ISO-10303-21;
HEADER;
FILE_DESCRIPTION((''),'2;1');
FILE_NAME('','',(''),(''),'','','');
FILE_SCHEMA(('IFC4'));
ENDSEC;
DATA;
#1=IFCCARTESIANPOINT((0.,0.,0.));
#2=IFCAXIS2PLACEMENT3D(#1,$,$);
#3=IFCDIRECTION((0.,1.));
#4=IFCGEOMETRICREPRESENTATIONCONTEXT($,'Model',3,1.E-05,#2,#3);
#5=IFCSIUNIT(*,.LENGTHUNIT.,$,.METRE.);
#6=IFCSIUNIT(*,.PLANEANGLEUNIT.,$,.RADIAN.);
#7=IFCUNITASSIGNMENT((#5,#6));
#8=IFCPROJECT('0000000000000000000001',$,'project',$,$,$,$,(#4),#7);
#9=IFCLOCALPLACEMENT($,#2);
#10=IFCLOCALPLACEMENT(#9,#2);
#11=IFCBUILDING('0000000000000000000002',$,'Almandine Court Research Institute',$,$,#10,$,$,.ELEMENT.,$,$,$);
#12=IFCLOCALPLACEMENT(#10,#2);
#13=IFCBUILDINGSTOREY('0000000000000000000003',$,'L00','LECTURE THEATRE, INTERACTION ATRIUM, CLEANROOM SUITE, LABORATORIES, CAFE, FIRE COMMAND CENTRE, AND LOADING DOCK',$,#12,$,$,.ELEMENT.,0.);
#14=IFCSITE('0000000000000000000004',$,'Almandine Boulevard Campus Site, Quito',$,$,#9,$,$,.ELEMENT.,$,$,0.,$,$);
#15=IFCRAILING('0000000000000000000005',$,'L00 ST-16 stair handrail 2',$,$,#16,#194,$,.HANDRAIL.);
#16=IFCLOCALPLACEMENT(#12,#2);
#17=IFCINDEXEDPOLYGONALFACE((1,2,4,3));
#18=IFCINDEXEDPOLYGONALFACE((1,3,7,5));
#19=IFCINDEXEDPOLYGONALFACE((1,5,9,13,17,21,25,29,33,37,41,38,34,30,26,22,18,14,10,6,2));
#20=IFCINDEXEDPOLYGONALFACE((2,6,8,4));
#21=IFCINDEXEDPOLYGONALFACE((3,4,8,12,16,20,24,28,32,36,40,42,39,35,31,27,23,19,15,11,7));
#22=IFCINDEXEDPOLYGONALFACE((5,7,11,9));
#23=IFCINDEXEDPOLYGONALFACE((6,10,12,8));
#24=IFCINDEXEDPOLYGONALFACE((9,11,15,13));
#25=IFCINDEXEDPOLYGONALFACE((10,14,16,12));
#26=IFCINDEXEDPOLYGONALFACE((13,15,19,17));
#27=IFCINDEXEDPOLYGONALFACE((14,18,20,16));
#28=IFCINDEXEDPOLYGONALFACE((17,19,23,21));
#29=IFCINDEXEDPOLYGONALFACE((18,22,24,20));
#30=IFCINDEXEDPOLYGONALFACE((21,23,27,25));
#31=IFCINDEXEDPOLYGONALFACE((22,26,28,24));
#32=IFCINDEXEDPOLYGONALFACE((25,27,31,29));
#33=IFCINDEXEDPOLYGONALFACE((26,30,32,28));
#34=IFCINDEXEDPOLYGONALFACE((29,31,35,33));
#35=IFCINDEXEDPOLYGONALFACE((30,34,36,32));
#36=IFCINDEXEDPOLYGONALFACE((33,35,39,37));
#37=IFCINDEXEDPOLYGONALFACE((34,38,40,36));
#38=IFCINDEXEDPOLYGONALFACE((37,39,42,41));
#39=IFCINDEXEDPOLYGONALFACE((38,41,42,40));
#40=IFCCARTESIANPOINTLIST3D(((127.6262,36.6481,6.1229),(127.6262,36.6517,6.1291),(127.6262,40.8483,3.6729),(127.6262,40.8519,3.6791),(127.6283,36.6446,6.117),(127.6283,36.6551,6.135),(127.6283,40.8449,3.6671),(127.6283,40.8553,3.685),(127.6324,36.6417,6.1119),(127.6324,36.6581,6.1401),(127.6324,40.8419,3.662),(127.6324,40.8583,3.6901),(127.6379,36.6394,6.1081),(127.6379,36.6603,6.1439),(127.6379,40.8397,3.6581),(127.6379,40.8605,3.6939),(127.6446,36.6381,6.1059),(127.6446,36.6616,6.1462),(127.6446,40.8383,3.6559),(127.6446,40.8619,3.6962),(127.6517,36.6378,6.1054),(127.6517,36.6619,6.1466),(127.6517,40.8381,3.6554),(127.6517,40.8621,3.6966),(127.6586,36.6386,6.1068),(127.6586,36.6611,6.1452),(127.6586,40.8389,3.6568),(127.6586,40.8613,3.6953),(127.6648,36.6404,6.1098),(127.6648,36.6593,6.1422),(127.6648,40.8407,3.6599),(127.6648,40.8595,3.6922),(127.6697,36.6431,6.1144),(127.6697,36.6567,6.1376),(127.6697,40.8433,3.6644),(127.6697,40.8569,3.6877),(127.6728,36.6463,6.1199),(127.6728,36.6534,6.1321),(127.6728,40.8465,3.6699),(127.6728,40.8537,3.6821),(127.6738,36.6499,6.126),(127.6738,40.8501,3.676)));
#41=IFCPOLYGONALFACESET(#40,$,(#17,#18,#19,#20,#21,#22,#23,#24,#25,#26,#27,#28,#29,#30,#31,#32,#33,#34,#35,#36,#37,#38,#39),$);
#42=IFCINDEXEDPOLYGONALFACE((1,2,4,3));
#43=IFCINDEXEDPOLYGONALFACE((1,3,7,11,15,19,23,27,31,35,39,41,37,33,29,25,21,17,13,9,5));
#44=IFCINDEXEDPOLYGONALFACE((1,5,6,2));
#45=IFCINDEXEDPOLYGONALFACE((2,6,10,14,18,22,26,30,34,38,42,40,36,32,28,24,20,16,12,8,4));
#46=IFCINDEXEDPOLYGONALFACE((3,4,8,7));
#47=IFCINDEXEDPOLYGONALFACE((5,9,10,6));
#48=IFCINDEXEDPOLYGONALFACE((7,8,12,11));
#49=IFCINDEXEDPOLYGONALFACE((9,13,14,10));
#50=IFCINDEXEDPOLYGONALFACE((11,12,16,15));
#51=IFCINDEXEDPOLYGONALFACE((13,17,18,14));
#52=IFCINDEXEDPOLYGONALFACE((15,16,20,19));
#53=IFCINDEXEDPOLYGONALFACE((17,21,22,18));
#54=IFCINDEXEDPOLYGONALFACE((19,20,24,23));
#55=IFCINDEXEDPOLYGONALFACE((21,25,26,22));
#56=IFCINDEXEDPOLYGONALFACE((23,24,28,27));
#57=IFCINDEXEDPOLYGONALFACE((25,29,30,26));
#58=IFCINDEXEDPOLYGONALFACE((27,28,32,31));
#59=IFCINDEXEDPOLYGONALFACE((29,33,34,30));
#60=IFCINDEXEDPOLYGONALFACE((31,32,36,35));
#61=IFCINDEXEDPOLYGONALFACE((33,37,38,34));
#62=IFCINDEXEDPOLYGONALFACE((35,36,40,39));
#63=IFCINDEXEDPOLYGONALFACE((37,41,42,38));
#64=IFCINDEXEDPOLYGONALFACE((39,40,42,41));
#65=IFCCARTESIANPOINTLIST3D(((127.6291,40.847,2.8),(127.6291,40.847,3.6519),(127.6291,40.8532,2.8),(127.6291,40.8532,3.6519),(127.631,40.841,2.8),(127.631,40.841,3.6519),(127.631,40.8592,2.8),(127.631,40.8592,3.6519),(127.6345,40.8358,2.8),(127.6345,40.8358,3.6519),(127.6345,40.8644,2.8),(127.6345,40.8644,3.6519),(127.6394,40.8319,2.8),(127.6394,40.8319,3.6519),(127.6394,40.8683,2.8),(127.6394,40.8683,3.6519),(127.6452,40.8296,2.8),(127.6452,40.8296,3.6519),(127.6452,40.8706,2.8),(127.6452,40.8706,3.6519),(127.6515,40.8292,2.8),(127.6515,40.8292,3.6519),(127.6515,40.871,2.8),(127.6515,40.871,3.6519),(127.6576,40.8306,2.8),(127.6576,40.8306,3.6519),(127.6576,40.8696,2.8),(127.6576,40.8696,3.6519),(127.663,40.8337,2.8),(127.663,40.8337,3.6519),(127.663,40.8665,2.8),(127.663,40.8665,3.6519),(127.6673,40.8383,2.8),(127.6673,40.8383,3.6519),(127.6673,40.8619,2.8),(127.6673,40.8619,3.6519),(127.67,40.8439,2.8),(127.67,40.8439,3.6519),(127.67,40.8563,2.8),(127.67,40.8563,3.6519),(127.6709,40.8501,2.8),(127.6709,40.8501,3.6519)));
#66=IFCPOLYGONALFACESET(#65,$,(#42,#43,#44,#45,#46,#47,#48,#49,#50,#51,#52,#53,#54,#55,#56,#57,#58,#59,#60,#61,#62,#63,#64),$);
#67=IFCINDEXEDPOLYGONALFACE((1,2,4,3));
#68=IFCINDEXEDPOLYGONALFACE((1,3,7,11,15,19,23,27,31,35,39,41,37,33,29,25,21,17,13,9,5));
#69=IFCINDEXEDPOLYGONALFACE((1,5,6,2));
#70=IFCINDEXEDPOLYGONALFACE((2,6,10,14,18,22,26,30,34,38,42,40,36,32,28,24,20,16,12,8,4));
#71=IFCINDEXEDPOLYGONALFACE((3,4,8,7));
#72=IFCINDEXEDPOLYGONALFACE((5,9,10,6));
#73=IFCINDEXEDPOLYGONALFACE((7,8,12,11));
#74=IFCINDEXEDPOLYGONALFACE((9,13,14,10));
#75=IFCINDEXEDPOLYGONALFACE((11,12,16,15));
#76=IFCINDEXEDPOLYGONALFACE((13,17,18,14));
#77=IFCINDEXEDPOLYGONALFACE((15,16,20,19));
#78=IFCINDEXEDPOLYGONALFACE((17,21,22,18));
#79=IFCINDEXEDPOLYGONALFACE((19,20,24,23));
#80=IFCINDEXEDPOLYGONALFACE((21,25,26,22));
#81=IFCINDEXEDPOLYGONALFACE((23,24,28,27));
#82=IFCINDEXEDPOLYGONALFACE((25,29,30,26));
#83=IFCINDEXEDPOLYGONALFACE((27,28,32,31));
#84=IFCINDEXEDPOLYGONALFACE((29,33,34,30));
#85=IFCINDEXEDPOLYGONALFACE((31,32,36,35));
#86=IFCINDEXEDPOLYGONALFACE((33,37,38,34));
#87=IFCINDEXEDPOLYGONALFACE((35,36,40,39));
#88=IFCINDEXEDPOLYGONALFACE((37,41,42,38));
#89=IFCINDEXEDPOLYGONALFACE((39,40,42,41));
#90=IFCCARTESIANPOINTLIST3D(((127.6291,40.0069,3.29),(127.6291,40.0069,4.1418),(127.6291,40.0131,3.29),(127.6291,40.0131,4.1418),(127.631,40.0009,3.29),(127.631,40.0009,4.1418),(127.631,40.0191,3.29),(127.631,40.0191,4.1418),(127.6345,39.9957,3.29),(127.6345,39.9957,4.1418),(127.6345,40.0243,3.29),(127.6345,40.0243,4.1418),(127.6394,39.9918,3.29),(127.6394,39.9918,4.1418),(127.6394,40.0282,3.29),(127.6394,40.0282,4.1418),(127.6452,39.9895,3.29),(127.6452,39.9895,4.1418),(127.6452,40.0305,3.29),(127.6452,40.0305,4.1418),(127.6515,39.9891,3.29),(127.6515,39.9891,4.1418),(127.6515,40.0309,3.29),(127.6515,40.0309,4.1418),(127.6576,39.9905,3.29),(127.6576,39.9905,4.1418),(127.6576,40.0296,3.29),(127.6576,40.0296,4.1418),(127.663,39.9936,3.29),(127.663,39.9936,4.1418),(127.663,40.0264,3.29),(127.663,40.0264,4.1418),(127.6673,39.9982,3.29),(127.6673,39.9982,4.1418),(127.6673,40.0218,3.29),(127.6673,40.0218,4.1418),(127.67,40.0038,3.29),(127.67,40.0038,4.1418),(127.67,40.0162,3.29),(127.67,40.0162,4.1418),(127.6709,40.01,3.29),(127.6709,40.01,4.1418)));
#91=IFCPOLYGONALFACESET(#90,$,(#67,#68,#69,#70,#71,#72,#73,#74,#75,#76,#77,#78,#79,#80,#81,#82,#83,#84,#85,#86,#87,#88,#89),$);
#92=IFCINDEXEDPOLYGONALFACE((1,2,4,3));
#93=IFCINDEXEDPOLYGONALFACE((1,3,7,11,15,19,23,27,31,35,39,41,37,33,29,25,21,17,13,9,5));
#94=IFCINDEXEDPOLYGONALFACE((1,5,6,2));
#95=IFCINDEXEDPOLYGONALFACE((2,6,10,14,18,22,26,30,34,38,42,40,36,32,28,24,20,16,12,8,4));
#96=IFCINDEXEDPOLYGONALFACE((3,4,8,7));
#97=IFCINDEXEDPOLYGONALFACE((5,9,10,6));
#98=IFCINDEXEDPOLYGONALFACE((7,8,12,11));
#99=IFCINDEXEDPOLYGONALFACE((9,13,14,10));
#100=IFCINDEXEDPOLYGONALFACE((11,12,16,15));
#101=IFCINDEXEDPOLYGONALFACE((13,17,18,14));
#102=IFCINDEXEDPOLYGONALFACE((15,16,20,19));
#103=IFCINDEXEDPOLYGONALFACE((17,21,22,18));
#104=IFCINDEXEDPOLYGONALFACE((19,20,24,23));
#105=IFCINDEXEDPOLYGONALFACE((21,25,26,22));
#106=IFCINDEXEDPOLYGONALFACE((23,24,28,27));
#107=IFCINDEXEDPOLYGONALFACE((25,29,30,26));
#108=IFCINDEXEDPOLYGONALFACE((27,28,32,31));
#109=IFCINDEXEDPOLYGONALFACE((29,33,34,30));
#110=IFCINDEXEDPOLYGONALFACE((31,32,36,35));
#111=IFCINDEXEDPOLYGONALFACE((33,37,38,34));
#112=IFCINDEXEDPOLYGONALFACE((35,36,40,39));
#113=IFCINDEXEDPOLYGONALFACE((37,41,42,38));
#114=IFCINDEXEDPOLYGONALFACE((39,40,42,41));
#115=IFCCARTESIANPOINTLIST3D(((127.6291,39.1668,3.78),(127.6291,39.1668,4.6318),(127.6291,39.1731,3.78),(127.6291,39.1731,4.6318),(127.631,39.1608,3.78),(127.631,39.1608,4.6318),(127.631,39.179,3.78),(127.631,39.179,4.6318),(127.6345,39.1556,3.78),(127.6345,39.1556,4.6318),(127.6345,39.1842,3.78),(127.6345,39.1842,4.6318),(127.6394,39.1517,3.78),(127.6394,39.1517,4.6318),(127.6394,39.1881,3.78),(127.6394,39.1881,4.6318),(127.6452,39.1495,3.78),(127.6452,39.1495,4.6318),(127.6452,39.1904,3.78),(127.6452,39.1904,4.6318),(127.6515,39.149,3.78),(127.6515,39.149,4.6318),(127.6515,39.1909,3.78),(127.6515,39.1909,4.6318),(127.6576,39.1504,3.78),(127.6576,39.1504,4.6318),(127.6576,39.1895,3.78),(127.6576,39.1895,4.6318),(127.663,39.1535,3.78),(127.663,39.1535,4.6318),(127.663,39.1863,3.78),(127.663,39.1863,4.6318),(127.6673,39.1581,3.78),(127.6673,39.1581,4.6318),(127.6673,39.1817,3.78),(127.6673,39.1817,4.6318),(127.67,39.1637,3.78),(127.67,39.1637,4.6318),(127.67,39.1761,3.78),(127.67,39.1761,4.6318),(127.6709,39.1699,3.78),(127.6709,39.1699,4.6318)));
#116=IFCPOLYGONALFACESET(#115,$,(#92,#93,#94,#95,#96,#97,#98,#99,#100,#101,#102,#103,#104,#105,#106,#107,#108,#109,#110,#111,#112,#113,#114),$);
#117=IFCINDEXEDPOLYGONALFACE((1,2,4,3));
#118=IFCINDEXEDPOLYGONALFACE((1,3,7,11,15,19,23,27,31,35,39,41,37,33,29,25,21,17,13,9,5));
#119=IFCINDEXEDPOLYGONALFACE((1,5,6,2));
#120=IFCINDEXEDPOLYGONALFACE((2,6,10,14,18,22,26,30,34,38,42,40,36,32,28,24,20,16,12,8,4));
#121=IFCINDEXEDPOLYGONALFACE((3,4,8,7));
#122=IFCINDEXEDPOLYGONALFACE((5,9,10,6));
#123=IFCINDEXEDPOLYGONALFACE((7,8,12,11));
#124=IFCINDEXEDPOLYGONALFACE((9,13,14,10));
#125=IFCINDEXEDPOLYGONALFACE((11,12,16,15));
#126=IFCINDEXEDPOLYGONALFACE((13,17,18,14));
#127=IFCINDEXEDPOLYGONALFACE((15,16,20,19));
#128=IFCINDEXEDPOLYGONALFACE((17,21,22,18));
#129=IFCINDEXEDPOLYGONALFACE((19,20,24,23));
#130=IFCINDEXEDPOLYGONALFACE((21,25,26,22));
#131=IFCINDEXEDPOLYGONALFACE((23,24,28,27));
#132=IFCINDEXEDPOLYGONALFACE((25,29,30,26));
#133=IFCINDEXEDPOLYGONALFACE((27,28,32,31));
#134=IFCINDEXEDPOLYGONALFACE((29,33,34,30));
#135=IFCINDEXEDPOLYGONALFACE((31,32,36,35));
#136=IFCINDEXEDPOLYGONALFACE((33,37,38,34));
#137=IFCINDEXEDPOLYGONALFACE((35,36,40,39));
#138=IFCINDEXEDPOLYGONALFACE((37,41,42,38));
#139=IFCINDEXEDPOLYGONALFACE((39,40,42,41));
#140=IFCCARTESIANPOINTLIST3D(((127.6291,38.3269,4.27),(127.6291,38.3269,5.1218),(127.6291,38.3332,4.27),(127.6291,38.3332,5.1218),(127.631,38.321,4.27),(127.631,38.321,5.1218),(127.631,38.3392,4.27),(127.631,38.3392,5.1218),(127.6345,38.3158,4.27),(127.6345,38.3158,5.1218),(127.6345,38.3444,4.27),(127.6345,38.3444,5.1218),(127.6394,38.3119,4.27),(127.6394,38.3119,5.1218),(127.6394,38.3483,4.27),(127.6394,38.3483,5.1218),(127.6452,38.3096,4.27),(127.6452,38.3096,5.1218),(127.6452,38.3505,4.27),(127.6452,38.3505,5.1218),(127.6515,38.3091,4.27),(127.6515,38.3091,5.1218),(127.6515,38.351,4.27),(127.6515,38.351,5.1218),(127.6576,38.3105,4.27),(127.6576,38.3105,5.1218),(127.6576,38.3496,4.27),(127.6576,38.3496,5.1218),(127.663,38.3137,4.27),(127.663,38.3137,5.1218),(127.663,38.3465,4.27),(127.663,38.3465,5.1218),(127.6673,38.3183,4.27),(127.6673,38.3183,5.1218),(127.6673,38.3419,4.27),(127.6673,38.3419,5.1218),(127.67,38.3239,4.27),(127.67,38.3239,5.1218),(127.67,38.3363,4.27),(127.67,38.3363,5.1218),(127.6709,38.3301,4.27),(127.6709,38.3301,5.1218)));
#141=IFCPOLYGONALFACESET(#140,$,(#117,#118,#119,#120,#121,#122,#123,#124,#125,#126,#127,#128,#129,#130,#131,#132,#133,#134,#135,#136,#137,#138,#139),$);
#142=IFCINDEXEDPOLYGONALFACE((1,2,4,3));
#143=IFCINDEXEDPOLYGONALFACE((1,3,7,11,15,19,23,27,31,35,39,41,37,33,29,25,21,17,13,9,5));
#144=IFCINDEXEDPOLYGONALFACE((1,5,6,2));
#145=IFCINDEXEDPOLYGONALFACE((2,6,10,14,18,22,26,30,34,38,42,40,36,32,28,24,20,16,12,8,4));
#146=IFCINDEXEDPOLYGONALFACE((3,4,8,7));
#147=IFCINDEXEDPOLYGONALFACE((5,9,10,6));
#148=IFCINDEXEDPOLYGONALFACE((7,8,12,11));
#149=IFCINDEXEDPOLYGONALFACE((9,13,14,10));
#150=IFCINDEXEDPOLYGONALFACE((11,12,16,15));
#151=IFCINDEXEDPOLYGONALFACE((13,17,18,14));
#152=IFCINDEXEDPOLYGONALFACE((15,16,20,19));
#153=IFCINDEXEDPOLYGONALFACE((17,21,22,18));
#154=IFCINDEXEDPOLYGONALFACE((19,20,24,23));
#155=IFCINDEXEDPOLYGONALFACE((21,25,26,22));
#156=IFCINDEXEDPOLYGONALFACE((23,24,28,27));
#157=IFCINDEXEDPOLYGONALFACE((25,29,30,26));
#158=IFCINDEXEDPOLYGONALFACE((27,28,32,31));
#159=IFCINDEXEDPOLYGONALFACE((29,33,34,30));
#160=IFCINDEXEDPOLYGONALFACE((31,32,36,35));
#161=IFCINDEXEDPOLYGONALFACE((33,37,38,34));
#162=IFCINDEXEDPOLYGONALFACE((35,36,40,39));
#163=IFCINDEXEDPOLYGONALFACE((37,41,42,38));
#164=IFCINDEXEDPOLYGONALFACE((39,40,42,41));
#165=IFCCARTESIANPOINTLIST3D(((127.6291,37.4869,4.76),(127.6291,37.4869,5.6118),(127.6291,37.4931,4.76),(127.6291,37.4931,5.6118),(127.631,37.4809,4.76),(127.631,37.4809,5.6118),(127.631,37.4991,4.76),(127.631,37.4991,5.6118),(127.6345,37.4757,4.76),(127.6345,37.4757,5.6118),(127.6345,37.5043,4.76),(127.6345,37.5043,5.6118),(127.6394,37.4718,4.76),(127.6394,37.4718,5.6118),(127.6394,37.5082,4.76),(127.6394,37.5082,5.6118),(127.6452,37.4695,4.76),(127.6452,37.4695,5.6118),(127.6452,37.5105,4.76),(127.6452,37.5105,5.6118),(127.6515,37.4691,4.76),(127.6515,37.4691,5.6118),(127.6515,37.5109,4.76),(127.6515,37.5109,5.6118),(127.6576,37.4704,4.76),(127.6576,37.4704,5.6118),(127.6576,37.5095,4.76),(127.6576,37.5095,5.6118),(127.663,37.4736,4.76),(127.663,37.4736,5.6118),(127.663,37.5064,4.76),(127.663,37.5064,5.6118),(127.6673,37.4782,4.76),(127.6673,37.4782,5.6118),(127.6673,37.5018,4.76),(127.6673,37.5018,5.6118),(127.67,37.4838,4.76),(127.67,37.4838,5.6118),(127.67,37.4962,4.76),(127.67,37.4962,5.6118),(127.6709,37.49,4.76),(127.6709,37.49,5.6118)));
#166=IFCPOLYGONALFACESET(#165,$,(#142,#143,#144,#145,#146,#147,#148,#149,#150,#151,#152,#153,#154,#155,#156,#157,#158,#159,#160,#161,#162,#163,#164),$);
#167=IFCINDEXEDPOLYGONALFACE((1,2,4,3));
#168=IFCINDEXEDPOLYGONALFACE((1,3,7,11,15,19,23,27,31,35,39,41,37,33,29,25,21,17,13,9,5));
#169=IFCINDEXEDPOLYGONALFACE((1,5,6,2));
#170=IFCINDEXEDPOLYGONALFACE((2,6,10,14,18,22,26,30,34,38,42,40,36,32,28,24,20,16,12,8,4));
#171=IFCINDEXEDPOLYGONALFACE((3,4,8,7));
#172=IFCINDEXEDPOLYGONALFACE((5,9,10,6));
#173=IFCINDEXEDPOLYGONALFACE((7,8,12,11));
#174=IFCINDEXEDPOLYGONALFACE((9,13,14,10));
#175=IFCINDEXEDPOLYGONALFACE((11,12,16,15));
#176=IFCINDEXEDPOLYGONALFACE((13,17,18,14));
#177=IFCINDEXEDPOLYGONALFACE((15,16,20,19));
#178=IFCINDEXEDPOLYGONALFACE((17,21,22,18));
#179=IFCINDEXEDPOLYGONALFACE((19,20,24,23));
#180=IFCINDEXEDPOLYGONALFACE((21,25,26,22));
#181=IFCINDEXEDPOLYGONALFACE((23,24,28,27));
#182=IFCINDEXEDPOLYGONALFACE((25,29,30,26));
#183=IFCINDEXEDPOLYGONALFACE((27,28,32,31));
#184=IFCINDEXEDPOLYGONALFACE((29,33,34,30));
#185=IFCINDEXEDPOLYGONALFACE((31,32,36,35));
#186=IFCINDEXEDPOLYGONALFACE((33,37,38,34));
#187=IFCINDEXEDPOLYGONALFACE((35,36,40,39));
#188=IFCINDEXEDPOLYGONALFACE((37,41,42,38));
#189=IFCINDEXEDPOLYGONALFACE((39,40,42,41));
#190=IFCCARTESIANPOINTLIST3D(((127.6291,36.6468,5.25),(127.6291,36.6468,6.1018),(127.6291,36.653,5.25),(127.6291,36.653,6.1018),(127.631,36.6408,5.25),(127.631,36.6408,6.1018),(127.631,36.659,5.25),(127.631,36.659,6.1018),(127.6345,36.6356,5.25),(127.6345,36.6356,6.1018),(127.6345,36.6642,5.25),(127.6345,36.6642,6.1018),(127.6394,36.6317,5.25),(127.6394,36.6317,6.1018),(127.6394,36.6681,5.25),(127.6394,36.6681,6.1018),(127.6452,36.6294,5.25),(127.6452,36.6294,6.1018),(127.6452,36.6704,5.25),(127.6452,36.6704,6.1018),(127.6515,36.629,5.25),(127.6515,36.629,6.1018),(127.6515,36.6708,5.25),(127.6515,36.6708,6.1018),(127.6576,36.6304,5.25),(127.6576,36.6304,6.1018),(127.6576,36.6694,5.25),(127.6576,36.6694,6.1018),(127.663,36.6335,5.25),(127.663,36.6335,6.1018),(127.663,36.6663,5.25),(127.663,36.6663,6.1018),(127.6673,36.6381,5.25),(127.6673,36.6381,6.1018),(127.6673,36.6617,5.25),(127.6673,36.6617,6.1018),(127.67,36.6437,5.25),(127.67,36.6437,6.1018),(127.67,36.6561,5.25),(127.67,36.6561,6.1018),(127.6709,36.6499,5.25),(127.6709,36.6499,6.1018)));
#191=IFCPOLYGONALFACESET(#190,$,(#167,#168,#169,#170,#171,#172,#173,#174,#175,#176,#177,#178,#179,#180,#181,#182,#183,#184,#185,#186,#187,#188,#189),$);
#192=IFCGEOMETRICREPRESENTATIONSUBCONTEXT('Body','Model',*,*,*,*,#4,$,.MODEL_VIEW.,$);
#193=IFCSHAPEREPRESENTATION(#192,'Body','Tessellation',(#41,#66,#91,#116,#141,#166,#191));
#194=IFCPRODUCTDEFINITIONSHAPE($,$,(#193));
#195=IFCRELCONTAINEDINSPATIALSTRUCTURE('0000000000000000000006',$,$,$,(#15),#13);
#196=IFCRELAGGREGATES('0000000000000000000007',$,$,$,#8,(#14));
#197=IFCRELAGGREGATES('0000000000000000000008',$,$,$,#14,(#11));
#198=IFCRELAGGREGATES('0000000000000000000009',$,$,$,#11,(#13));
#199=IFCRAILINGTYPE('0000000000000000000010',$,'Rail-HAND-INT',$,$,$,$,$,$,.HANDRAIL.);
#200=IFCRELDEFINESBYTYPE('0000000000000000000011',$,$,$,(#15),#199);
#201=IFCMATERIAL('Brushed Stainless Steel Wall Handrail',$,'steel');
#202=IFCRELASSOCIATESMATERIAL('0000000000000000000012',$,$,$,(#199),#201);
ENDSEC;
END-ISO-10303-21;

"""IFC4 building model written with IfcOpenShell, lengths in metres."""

from ifc_helpers import new_model, si_unit, direction, frame, origin, origin_2d, place, context, subcontext, project, spatial, circle, extrude, material, type_object, element, save


model = new_model("IFC4")

# Units and contexts
model_context = context("Model", 3, precision=1e-05, world=origin(), true_north=direction((0.0, 1.0)))
body_context = subcontext(model_context, "Body", "Model", "MODEL_VIEW")
ifc_project = project(units=[si_unit("LENGTHUNIT", "METRE"), si_unit("PLANEANGLEUNIT", "RADIAN")], contexts=[model_context])

# Site, building, storey
site_placement = place(None, origin())
site = spatial("IfcSite", under=ifc_project, at=site_placement, Name="Almandine Boulevard Campus Site, Quito", CompositionType="ELEMENT", RefElevation=0.0)
building_placement = place(site_placement, origin())
building = spatial("IfcBuilding", under=site, at=building_placement, Name="Almandine Court Research Institute", CompositionType="ELEMENT")
storey_placement = place(building_placement, origin())
storey = spatial("IfcBuildingStorey", under=building, at=storey_placement, Name="L00", Description="LECTURE THEATRE, INTERACTION ATRIUM, CLEANROOM SUITE, LABORATORIES, CAFE, FIRE COMMAND CENTRE, AND LOADING DOCK", CompositionType="ELEMENT", Elevation=0.0)

# Railing
ifc_material_1 = material(Name="Brushed Stainless Steel Wall Handrail", Category="steel")
railing_type_1 = type_object("IfcRailingType", Name="Rail-HAND-INT", PredefinedType="HANDRAIL", material=ifc_material_1)
railing_1_placement = place(storey_placement, frame((127.6499, 40.8501, 2.8)))
element("IfcRailing", 1, at=railing_1_placement, inside=storey, type_object=railing_type_1, Name="L00 ST-16 stair handrail 2", PredefinedType="HANDRAIL", context=body_context, shape_type="SweptSolid", body=[
    extrude(circle(Radius=0.0239, at=origin_2d()), frame((0.0, 0.0, 0.876), z_axis=(0.0, -0.863793, 0.503846), x_axis=(1.0, 0.0, 0.0)), (0.0, 0.0, 1.0), 4.8625),
    extrude(circle(Radius=0.021, at=origin_2d()), origin(), (0.0, 0.0, 1.0), 0.8518),
    extrude(circle(Radius=0.021, at=origin_2d()), frame((0.0, -0.8401, 0.49)), (0.0, 0.0, 1.0), 0.8518),
    extrude(circle(Radius=0.021, at=origin_2d()), frame((0.0, -1.6802, 0.98)), (0.0, 0.0, 1.0), 0.8518),
    extrude(circle(Radius=0.021, at=origin_2d()), frame((0.0, -2.52, 1.47)), (0.0, 0.0, 1.0), 0.8518),
    extrude(circle(Radius=0.021, at=origin_2d()), frame((0.0, -3.3601, 1.96)), (0.0, 0.0, 1.0), 0.8518),
    extrude(circle(Radius=0.021, at=origin_2d()), frame((0.0, -4.2002, 2.45)), (0.0, 0.0, 1.0), 0.8518),
])

save(model, "model.ifc")
